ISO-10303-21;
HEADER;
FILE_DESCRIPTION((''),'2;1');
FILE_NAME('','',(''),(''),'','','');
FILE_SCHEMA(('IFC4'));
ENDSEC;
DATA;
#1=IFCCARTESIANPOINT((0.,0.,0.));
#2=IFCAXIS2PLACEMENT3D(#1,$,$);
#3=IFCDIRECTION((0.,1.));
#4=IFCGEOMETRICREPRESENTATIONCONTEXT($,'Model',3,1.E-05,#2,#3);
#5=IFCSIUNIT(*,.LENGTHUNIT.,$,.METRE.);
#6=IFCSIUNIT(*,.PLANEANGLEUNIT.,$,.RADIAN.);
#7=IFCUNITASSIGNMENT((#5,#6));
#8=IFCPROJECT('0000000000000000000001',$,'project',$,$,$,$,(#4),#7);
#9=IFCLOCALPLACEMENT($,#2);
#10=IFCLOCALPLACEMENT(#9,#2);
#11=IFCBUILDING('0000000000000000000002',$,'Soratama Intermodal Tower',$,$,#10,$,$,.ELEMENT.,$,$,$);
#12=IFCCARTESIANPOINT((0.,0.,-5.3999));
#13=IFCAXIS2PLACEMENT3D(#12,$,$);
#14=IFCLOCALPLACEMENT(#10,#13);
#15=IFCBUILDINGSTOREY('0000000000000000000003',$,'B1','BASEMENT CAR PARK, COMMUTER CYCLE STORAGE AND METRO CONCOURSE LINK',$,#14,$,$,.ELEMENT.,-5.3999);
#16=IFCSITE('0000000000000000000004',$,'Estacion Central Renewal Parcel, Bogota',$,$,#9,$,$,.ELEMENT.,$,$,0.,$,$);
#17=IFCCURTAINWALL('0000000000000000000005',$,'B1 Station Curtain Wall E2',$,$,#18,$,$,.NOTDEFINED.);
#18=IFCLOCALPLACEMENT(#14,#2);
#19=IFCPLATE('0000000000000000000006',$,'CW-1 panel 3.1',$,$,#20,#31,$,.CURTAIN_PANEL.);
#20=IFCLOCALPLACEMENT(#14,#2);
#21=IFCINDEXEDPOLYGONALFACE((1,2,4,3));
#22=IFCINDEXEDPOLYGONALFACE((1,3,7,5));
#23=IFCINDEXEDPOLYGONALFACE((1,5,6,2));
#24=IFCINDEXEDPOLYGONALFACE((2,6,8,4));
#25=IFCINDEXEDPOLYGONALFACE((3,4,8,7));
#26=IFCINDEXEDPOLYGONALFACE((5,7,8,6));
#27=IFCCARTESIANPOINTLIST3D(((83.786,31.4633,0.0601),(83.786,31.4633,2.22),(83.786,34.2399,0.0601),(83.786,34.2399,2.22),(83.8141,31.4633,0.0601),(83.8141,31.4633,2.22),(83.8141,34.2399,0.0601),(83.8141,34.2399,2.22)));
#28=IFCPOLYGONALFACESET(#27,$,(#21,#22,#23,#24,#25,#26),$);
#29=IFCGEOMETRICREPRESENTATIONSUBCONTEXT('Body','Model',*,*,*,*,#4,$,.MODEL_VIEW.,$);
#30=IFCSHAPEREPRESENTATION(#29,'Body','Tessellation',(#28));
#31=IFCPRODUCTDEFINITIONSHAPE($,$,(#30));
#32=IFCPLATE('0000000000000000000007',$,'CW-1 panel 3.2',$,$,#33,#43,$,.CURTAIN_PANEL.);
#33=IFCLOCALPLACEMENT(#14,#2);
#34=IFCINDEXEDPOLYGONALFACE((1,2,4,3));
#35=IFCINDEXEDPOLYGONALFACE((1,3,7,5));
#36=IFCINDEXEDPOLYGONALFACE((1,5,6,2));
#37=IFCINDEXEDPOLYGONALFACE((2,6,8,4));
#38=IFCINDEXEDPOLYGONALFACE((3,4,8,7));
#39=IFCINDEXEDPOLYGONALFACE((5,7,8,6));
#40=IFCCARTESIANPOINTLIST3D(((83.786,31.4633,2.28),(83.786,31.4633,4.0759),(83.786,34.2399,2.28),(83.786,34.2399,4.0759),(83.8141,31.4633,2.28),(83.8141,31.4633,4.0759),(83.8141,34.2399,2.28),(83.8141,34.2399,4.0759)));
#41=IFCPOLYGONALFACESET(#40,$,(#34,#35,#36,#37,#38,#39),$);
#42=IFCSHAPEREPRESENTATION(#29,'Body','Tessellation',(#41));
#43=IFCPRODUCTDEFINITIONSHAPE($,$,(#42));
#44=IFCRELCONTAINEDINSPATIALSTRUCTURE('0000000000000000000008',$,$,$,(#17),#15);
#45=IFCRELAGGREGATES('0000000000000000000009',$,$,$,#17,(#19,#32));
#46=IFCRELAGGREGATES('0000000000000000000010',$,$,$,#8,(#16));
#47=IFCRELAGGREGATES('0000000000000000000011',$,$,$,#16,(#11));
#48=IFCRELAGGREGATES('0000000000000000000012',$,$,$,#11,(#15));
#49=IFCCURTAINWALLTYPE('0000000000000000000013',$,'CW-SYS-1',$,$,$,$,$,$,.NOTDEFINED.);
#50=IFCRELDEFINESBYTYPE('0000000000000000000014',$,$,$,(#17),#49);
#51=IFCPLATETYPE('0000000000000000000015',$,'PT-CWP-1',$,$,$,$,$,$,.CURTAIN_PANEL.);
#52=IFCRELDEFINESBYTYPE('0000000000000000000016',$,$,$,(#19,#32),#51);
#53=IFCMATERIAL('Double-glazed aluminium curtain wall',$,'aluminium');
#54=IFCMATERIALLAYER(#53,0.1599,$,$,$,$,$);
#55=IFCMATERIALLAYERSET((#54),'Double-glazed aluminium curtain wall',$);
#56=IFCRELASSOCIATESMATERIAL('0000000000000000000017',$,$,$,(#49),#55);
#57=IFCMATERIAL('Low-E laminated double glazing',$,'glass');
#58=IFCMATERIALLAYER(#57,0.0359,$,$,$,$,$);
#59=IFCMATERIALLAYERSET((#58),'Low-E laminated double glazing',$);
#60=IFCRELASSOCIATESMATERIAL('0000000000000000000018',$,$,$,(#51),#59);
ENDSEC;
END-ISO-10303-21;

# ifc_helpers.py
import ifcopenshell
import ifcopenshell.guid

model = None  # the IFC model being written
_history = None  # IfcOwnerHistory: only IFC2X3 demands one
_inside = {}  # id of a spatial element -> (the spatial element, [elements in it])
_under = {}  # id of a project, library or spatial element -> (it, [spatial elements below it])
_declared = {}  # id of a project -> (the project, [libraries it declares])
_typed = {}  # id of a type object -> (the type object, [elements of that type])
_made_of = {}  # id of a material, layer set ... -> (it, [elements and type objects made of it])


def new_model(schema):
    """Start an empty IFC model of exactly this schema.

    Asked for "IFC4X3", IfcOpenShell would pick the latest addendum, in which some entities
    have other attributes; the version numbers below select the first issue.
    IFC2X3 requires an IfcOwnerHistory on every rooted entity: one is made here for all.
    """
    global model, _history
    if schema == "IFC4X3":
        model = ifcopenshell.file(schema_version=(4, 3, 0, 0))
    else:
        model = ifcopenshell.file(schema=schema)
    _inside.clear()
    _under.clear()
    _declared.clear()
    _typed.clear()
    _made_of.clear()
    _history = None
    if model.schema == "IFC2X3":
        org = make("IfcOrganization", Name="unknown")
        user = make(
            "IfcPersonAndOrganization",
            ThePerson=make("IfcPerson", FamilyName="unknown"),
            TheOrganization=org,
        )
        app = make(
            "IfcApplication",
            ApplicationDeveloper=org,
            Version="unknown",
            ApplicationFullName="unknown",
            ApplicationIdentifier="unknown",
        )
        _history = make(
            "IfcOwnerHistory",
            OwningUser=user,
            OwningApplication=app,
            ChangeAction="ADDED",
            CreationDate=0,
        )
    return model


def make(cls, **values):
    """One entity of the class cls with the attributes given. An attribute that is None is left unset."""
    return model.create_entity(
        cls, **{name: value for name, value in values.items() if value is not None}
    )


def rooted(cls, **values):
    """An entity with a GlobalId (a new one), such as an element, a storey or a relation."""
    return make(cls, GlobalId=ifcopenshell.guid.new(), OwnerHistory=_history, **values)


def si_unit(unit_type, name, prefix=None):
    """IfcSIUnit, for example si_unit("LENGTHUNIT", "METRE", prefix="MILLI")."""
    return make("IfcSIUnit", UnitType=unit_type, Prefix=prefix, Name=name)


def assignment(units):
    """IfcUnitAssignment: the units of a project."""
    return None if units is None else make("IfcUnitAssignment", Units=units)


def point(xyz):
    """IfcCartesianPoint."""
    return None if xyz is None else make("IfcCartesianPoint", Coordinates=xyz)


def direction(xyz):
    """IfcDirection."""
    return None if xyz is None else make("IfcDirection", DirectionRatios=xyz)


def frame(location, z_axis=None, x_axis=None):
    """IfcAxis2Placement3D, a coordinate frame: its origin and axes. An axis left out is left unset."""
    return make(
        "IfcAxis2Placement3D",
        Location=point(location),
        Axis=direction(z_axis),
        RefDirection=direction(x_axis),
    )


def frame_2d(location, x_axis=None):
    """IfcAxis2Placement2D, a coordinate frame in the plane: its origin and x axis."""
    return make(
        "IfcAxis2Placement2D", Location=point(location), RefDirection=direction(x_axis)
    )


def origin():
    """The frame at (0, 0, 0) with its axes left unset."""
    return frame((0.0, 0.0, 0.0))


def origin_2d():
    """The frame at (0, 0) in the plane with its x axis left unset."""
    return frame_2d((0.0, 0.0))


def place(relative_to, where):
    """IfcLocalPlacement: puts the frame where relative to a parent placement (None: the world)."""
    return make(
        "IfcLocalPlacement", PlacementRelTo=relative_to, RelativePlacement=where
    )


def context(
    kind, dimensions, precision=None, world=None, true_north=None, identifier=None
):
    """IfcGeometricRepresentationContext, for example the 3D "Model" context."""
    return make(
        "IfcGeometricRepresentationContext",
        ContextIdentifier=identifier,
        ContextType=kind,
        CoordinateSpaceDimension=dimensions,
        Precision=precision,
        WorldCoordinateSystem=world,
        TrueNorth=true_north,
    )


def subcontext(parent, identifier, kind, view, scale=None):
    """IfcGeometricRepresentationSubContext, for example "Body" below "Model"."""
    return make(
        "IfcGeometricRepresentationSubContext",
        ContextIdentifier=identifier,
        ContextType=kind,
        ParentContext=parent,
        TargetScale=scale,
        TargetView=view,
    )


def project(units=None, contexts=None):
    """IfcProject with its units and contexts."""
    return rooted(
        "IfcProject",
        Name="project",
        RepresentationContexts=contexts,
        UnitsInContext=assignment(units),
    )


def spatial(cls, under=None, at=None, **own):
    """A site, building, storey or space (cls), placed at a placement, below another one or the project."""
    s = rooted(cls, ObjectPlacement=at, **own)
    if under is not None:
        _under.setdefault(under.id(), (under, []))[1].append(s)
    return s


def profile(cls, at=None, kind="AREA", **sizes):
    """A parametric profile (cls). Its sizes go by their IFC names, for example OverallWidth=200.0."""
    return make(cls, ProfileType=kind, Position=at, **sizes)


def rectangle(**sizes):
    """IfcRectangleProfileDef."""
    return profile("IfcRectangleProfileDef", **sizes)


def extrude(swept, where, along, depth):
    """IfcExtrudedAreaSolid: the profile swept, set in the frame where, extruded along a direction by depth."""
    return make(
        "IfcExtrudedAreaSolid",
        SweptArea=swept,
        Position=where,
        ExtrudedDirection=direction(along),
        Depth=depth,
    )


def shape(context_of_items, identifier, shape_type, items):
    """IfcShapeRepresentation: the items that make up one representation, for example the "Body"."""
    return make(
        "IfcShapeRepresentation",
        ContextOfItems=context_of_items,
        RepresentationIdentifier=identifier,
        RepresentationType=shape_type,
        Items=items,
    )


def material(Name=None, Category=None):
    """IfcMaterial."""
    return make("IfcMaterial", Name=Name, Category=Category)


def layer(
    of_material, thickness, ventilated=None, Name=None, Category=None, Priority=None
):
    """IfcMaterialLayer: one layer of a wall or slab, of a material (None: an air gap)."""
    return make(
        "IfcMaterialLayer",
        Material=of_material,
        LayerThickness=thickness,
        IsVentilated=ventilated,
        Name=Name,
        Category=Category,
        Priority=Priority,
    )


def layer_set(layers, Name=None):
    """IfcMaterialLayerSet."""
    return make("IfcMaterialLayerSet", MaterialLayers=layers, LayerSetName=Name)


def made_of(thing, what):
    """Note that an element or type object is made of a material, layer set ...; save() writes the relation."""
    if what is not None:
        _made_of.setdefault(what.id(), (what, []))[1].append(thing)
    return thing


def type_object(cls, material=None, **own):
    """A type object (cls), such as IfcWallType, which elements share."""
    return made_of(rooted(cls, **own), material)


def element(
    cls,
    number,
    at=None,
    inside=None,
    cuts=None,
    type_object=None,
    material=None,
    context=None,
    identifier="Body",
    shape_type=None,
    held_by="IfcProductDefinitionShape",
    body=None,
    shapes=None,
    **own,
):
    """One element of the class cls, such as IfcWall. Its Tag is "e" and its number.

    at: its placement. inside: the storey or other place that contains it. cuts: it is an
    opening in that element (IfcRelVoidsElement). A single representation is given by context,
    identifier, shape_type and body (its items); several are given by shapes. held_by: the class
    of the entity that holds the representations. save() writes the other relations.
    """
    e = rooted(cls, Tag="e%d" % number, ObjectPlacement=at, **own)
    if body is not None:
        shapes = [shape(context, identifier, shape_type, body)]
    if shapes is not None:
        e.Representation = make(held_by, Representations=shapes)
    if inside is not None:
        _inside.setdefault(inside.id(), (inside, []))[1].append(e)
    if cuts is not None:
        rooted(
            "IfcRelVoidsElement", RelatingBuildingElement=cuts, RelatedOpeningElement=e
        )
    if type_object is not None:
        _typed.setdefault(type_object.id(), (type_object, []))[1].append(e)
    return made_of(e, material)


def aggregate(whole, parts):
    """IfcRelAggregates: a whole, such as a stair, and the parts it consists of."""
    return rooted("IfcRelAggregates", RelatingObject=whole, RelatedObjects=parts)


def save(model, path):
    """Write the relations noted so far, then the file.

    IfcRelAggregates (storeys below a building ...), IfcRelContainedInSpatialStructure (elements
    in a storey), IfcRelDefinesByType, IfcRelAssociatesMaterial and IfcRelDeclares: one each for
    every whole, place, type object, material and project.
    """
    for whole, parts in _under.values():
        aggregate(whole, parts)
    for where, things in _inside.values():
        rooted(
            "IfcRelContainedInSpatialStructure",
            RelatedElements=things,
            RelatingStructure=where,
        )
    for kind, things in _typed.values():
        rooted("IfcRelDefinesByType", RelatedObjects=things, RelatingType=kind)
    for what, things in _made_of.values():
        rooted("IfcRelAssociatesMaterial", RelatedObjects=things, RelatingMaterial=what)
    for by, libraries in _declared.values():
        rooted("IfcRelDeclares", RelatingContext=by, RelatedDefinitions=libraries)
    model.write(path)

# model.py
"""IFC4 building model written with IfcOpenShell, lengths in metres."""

from ifc_helpers import new_model, si_unit, direction, frame, origin, origin_2d, place, context, subcontext, project, spatial, rectangle, extrude, material, layer, layer_set, type_object, element, aggregate, save


model = new_model("IFC4")

# Units and contexts
model_context = context("Model", 3, precision=1e-05, world=origin(), true_north=direction((0.0, 1.0)))
body_context = subcontext(model_context, "Body", "Model", "MODEL_VIEW")
ifc_project = project(units=[si_unit("LENGTHUNIT", "METRE"), si_unit("PLANEANGLEUNIT", "RADIAN")], contexts=[model_context])

# Site, building, storey
site_placement = place(None, origin())
site = spatial("IfcSite", under=ifc_project, at=site_placement, Name="Estacion Central Renewal Parcel, Bogota", CompositionType="ELEMENT", RefElevation=0.0)
building_placement = place(site_placement, origin())
building = spatial("IfcBuilding", under=site, at=building_placement, Name="Soratama Intermodal Tower", CompositionType="ELEMENT")
storey_placement = place(building_placement, frame((0.0, 0.0, -5.3999)))
storey = spatial("IfcBuildingStorey", under=building, at=storey_placement, Name="B1", Description="BASEMENT CAR PARK, COMMUTER CYCLE STORAGE AND METRO CONCOURSE LINK", CompositionType="ELEMENT", Elevation=-5.3999)

# Curtain wall, plates
ifc_material_1 = material(Name="Double-glazed aluminium curtain wall", Category="aluminium")
ifc_layer_1 = layer(ifc_material_1, 0.1599)
ifc_layer_set_1 = layer_set([ifc_layer_1], Name="Double-glazed aluminium curtain wall")
curtain_wall_type = type_object("IfcCurtainWallType", Name="CW-SYS-1", PredefinedType="NOTDEFINED", material=ifc_layer_set_1)
curtain_wall_placement = place(storey_placement, origin())
curtain_wall = element("IfcCurtainWall", 1, at=curtain_wall_placement, inside=storey, type_object=curtain_wall_type, Name="B1 Station Curtain Wall E2", PredefinedType="NOTDEFINED")
ifc_material_2 = material(Name="Low-E laminated double glazing", Category="glass")
ifc_layer_2 = layer(ifc_material_2, 0.0359)
ifc_layer_set_2 = layer_set([ifc_layer_2], Name="Low-E laminated double glazing")
plate_type = type_object("IfcPlateType", Name="PT-CWP-1", PredefinedType="CURTAIN_PANEL", material=ifc_layer_set_2)
plate_1_placement = place(storey_placement, frame((83.8, 32.8516, 0.0601), z_axis=(0.0, 0.0, 1.0), x_axis=(0.0, 1.0, 0.0)))
plate_1 = element("IfcPlate", 2, at=plate_1_placement, type_object=plate_type, Name="CW-1 panel 3.1", PredefinedType="CURTAIN_PANEL", context=body_context, shape_type="SweptSolid", body=[
    extrude(rectangle(XDim=2.7766, YDim=0.0281, at=origin_2d()), origin(), (0.0, 0.0, 1.0), 2.1599),
])
plate_2_placement = place(storey_placement, frame((83.8, 32.8516, 2.28), z_axis=(0.0, 0.0, 1.0), x_axis=(0.0, 1.0, 0.0)))
plate_2 = element("IfcPlate", 3, at=plate_2_placement, type_object=plate_type, Name="CW-1 panel 3.2", PredefinedType="CURTAIN_PANEL", context=body_context, shape_type="SweptSolid", body=[
    extrude(rectangle(XDim=2.7766, YDim=0.0281, at=origin_2d()), origin(), (0.0, 0.0, 1.0), 1.7959),
])
aggregate(curtain_wall, [plate_1, plate_2])

save(model, "model.ifc")
